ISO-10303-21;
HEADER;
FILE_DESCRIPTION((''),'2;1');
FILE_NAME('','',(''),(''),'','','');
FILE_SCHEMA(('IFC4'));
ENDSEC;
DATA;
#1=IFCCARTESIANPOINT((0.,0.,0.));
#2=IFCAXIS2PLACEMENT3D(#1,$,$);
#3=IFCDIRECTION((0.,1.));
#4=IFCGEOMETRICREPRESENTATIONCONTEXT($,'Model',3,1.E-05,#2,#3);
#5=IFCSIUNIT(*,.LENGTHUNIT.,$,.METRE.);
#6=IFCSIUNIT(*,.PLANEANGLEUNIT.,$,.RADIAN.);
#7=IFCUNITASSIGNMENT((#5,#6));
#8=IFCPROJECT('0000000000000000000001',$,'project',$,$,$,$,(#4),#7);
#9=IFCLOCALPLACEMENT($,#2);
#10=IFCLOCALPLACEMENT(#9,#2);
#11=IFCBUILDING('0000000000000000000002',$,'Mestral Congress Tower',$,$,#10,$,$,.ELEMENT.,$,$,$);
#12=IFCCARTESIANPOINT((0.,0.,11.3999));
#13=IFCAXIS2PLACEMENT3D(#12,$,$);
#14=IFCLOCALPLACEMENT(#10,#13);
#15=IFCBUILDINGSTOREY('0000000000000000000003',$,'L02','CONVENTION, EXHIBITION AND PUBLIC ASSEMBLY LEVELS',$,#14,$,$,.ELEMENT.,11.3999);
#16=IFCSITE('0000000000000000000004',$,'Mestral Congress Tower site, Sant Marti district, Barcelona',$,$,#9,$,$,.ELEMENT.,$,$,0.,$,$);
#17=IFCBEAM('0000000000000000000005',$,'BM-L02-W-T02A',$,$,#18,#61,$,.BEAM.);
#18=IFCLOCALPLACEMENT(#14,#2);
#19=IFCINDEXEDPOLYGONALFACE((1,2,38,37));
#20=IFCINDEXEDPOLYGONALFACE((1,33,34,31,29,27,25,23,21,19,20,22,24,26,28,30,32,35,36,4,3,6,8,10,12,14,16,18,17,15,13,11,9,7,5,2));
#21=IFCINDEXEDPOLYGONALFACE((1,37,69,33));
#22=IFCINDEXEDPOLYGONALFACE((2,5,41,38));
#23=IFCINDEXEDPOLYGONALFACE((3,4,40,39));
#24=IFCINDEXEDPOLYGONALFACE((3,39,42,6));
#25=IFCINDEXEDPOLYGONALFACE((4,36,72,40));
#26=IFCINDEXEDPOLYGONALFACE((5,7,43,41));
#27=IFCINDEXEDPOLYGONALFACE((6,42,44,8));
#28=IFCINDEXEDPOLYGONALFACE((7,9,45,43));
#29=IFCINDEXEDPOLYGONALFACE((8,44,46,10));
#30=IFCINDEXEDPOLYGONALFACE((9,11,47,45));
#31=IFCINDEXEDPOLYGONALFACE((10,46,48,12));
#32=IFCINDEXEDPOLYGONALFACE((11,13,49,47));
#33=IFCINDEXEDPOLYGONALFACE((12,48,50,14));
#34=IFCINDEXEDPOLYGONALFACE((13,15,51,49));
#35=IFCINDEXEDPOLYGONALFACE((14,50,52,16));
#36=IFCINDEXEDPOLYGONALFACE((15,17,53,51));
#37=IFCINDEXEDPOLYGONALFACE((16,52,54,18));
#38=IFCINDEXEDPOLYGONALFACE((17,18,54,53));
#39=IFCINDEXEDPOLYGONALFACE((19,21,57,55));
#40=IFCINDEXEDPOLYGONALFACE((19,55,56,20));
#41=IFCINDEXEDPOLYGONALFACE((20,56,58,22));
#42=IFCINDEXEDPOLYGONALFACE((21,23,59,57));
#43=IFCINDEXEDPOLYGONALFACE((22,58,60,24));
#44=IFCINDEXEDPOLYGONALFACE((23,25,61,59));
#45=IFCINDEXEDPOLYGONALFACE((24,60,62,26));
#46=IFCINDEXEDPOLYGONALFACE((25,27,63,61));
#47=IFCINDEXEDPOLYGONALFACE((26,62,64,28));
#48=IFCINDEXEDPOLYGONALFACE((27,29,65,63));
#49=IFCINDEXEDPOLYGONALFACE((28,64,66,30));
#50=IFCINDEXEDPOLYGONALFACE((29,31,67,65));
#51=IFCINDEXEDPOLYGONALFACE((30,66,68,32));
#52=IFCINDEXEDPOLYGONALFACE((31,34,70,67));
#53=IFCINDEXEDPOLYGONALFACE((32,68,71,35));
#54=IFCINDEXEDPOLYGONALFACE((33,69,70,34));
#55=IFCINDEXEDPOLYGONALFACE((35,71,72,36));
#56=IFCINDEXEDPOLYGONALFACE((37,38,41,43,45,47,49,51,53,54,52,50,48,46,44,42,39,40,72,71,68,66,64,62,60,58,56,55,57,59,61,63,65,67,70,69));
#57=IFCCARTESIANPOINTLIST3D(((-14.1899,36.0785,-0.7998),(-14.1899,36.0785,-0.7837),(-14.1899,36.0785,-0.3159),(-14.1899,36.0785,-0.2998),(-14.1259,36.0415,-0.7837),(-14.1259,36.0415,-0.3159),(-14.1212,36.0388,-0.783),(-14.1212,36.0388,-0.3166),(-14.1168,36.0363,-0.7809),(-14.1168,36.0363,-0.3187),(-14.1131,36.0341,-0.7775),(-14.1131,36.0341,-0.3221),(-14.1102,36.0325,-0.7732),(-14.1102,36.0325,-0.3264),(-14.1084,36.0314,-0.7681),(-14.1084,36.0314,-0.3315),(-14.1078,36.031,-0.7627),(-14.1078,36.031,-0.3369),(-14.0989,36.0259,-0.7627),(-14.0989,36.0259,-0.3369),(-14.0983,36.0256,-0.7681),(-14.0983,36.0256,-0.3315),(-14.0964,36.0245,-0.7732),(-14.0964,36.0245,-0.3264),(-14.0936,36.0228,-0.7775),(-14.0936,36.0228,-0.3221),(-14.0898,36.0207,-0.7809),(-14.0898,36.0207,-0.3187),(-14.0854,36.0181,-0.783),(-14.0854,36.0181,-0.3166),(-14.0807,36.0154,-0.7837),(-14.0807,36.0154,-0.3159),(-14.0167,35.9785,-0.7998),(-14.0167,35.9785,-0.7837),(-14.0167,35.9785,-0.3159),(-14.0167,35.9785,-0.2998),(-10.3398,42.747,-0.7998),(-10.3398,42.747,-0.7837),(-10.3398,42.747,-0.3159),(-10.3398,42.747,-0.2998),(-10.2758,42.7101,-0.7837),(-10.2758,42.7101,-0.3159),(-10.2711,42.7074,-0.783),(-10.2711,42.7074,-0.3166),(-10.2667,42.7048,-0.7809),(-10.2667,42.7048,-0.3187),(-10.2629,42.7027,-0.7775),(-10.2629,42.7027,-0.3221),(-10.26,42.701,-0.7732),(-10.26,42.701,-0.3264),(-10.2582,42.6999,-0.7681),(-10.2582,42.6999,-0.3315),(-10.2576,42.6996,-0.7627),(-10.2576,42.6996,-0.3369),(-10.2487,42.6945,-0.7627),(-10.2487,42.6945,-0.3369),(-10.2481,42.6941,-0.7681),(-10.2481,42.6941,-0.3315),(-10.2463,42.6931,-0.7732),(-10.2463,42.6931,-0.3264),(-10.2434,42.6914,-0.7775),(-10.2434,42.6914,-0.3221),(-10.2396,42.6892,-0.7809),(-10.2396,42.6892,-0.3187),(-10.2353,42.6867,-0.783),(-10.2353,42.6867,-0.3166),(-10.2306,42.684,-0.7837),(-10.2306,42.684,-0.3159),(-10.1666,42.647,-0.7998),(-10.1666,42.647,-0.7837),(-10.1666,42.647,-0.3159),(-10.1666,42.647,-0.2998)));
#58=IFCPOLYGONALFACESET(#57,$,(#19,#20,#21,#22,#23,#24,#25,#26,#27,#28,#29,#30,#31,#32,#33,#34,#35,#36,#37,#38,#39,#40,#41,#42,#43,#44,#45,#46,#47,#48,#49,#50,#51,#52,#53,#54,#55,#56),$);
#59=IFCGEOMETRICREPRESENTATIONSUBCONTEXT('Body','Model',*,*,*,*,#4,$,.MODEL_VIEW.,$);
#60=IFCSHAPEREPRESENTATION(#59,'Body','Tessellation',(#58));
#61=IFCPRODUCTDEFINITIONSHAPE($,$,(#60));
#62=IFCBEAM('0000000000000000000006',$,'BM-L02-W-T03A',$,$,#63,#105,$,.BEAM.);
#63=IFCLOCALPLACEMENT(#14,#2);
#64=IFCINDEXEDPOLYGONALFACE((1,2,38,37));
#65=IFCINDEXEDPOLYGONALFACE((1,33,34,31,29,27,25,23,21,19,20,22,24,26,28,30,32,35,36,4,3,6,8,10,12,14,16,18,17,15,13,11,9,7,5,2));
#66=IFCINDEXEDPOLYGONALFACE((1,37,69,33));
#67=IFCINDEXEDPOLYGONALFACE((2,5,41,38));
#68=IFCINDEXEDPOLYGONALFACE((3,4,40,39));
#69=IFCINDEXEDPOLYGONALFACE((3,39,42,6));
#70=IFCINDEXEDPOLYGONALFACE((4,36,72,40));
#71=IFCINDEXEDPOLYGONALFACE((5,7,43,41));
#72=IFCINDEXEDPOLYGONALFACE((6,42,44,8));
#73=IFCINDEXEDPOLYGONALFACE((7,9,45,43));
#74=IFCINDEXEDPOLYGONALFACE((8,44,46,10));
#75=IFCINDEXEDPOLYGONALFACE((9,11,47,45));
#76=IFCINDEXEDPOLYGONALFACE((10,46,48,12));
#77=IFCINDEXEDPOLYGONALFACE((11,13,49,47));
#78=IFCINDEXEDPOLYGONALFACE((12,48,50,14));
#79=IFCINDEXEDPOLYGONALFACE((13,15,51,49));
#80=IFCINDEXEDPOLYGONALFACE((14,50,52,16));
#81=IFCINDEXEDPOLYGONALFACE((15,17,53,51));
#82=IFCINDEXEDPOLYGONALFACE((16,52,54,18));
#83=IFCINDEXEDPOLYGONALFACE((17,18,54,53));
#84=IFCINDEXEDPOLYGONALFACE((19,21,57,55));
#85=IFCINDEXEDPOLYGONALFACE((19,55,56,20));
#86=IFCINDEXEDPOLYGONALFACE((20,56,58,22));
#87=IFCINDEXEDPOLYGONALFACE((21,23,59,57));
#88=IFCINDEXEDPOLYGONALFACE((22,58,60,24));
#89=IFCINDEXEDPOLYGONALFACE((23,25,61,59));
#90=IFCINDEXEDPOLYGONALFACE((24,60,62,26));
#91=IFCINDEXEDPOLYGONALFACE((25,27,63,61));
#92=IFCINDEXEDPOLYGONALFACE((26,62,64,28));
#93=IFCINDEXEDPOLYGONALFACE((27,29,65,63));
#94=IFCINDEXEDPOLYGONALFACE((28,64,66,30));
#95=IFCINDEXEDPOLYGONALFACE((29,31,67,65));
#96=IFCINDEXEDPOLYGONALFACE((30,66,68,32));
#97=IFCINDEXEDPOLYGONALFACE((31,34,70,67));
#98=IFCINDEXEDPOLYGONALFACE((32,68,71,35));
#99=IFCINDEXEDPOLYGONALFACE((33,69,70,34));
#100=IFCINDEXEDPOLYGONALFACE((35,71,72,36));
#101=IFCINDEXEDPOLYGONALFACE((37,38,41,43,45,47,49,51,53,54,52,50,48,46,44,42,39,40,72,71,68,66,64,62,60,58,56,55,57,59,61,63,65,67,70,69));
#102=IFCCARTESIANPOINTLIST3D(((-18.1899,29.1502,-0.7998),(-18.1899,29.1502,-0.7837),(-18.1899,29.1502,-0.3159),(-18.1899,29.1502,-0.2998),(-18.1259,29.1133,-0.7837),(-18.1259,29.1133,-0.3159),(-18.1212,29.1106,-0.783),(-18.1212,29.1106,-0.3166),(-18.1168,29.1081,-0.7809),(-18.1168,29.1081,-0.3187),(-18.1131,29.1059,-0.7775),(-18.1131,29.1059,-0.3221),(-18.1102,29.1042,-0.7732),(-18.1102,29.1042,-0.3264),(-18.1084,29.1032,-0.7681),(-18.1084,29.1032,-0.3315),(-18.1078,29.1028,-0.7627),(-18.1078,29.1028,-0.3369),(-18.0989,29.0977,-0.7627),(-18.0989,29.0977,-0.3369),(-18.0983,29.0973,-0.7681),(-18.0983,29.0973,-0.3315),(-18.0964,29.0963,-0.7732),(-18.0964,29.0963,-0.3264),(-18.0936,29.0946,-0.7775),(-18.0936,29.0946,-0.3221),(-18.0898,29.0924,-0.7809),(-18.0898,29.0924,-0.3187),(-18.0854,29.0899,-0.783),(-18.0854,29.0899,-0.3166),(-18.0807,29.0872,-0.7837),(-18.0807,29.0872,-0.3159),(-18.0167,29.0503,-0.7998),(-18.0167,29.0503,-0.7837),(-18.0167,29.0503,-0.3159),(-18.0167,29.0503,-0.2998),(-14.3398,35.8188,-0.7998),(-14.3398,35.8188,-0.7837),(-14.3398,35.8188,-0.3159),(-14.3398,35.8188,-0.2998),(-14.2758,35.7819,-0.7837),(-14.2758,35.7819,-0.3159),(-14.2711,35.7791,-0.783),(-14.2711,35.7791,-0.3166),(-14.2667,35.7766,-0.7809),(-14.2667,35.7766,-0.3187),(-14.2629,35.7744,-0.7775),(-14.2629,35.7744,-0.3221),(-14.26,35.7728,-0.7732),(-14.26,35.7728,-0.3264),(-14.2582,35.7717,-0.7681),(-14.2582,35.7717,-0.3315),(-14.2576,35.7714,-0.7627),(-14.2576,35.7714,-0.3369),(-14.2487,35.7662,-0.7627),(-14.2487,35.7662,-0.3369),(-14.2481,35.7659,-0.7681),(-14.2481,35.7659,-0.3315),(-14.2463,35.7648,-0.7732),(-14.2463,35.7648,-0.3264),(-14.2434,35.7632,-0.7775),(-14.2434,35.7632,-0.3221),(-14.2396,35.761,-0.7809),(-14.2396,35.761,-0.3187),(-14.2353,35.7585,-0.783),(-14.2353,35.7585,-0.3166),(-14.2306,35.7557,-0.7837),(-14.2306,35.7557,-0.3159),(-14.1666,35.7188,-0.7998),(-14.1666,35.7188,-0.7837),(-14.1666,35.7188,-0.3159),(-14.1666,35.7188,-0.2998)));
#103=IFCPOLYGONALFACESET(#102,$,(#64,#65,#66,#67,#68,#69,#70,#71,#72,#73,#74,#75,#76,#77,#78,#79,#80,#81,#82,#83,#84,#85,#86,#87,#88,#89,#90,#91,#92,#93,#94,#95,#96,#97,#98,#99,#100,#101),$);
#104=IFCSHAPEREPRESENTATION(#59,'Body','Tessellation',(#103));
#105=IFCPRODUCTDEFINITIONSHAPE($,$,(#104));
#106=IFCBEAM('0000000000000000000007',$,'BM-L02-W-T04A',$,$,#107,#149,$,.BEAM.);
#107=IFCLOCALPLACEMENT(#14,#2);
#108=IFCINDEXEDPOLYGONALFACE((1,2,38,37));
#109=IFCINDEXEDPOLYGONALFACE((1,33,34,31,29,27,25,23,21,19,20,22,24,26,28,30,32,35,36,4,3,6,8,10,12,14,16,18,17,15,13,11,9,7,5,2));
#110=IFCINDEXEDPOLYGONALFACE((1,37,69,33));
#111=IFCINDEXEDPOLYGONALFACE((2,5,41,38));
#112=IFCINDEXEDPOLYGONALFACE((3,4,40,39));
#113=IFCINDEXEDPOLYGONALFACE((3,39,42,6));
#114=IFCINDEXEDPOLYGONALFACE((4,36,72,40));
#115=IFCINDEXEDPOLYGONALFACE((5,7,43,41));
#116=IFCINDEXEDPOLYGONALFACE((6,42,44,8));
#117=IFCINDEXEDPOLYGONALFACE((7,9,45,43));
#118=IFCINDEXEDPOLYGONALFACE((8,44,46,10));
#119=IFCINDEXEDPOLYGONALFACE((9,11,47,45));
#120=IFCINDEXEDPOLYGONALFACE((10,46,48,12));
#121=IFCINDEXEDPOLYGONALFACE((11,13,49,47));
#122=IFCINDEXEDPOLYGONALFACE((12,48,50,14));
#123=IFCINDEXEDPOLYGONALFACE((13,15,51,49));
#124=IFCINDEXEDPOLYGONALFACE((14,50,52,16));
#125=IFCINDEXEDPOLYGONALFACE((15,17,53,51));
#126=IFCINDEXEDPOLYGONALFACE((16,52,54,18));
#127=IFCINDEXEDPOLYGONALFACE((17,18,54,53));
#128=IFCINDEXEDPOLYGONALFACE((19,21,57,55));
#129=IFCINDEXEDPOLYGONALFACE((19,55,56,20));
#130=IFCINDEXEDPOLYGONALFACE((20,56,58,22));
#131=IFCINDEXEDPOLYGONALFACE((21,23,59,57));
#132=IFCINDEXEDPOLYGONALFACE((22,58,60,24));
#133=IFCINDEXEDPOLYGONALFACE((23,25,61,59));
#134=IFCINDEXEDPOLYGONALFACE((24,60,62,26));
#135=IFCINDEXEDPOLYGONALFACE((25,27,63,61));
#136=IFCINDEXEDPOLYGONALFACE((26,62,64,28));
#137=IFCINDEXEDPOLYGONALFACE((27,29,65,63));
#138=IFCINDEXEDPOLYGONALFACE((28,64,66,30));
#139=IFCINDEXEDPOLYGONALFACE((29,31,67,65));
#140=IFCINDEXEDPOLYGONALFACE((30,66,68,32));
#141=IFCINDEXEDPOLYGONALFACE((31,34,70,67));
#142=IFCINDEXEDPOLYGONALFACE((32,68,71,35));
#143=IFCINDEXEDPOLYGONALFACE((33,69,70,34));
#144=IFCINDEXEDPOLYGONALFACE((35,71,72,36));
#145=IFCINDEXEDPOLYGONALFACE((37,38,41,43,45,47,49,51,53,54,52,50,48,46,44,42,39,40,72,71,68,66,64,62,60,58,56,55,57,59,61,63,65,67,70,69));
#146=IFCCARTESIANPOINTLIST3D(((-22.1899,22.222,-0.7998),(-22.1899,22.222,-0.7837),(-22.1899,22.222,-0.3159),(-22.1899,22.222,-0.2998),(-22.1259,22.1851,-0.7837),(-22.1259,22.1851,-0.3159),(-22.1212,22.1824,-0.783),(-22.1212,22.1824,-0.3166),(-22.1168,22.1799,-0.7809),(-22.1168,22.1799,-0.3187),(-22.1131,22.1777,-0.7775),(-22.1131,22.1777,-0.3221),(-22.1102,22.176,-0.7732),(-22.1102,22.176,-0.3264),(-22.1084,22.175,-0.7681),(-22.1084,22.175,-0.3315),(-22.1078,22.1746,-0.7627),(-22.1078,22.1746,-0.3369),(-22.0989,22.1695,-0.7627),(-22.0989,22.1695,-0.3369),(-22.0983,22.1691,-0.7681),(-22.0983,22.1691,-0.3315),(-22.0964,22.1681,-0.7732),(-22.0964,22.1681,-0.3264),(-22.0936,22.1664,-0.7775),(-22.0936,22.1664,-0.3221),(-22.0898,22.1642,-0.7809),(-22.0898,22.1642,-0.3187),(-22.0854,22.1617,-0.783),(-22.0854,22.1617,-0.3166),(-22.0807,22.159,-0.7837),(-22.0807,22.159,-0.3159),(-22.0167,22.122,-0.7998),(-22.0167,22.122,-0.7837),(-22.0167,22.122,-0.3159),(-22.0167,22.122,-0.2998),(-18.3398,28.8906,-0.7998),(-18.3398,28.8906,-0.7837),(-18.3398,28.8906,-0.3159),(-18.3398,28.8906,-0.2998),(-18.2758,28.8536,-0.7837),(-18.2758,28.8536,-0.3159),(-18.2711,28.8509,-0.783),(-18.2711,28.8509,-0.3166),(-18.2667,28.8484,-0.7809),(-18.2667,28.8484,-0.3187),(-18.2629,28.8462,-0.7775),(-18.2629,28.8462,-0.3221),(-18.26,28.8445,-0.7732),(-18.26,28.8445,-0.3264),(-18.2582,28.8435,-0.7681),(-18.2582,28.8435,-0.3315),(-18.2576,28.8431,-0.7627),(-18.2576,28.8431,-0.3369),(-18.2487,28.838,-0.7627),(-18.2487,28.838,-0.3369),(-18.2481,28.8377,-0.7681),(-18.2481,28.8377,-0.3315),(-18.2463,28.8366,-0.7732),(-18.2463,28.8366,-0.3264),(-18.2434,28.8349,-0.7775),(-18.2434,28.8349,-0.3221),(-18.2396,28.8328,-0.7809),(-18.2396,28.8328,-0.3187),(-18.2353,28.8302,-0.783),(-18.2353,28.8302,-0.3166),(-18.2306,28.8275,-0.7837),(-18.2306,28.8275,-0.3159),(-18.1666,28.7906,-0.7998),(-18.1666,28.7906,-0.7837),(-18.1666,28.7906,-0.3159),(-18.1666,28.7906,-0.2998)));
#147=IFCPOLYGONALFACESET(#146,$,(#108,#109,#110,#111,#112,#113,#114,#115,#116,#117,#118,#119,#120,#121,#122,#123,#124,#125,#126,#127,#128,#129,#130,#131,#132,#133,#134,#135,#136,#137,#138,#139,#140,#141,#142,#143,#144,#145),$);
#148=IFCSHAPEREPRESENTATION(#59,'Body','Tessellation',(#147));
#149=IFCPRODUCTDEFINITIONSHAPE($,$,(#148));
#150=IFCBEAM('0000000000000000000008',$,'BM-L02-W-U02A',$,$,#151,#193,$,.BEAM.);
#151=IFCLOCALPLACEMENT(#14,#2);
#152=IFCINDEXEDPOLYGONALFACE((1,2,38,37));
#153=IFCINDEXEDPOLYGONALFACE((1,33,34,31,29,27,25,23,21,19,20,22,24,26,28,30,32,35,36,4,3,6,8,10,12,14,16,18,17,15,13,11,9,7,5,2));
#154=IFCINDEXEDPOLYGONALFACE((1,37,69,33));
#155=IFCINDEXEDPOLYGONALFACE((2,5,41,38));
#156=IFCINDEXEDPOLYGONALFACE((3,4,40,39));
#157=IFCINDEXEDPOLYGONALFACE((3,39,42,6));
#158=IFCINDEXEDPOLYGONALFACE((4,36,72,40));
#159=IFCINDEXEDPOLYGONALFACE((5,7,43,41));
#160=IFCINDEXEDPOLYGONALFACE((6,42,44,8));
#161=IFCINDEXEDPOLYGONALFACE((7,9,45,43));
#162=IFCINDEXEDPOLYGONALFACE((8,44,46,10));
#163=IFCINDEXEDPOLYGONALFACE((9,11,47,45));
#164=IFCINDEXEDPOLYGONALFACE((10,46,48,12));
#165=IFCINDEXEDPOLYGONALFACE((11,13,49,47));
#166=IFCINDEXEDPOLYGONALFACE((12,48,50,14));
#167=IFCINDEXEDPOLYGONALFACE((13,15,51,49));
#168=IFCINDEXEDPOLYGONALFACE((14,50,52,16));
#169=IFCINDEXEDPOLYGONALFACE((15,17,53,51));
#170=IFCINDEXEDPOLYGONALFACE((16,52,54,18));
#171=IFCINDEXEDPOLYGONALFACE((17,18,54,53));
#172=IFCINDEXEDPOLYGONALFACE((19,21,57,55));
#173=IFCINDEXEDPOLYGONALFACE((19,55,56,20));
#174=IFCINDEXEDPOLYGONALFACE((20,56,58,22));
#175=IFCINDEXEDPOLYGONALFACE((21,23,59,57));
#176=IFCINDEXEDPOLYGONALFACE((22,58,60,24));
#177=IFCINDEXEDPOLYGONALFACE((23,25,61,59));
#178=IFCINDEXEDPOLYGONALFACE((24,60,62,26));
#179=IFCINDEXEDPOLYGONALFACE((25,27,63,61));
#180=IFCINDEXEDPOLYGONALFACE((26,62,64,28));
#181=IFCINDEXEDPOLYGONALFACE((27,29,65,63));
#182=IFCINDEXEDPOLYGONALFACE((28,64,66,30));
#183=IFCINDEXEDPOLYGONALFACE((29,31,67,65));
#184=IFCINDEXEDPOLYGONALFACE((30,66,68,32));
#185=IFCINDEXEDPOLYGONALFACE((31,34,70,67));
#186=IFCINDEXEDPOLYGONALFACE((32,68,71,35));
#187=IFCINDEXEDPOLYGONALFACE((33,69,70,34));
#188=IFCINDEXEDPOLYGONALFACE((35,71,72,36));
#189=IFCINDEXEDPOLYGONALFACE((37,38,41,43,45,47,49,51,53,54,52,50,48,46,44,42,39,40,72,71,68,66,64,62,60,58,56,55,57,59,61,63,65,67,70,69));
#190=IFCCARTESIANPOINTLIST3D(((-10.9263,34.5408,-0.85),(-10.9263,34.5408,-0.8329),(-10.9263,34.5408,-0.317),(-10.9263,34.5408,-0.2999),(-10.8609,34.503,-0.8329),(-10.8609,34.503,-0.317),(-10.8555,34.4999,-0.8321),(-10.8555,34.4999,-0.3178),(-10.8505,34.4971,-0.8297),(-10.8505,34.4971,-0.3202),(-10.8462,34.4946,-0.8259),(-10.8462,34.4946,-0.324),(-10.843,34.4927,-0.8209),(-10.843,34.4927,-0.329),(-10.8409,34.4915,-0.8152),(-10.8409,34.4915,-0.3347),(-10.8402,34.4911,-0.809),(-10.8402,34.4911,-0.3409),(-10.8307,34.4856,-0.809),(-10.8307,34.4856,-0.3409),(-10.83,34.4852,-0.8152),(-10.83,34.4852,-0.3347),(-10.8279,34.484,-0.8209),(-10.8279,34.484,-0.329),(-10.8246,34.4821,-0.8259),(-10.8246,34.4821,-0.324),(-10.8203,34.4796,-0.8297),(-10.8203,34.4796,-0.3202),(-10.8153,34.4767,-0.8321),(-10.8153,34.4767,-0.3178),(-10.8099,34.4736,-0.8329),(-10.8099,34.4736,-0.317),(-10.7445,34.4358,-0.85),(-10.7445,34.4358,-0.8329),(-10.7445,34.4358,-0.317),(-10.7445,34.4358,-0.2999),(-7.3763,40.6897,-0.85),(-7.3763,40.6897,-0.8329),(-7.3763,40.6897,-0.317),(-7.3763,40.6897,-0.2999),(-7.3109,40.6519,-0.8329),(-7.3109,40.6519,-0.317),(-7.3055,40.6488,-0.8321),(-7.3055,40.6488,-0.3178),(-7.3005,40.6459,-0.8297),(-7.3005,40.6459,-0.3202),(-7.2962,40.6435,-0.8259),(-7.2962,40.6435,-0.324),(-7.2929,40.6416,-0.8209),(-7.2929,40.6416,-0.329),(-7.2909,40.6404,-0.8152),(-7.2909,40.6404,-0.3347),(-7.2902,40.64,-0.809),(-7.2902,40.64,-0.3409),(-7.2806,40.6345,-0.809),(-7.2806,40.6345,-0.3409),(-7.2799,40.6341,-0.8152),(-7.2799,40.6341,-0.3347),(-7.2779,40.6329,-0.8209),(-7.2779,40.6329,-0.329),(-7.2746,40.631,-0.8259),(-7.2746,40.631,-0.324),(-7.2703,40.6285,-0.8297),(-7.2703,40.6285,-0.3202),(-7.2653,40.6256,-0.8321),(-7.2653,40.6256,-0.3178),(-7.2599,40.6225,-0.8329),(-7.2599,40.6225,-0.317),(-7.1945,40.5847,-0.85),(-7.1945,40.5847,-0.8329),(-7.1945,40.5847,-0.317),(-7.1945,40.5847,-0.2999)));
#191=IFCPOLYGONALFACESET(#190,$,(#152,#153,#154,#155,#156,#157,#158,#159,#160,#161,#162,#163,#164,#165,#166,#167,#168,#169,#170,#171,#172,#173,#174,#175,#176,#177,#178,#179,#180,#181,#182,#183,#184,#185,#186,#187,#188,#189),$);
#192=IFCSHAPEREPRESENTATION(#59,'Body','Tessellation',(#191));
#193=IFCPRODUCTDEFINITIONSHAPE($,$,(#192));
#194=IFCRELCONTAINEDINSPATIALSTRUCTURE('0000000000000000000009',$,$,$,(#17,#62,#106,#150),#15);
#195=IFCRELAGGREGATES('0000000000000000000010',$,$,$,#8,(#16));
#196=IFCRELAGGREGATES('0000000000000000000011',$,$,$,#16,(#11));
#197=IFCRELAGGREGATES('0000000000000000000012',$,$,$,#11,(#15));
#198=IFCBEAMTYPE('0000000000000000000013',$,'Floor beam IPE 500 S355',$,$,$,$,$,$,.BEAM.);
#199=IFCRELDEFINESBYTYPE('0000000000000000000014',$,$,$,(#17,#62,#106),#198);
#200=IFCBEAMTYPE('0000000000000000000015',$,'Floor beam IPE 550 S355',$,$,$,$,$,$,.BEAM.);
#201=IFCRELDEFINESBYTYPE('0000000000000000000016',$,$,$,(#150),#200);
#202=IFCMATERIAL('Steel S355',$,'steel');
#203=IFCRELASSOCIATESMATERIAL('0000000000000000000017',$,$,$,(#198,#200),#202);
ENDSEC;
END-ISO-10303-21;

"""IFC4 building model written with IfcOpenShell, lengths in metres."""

from ifc_helpers import new_model, si_unit, direction, frame, origin, origin_2d, place, context, subcontext, project, spatial, i_section, extrude, material, material_profile, profile_set, type_object, element, save


model = new_model("IFC4")

# Units and contexts
model_context = context("Model", 3, precision=1e-05, world=origin(), true_north=direction((0.0, 1.0)))
body_context = subcontext(model_context, "Body", "Model", "MODEL_VIEW")
ifc_project = project(units=[si_unit("LENGTHUNIT", "METRE"), si_unit("PLANEANGLEUNIT", "RADIAN")], contexts=[model_context])

# Site, building, storey
site_placement = place(None, origin())
site = spatial("IfcSite", under=ifc_project, at=site_placement, Name="Mestral Congress Tower site, Sant Marti district, Barcelona", CompositionType="ELEMENT", RefElevation=0.0)
building_placement = place(site_placement, origin())
building = spatial("IfcBuilding", under=site, at=building_placement, Name="Mestral Congress Tower", CompositionType="ELEMENT")
storey_placement = place(building_placement, frame((0.0, 0.0, 11.3999)))
storey = spatial("IfcBuildingStorey", under=building, at=storey_placement, Name="L02", Description="CONVENTION, EXHIBITION AND PUBLIC ASSEMBLY LEVELS", CompositionType="ELEMENT", Elevation=11.3999)

# Beams
ifc_material_1 = material(Name="Steel S355", Category="steel")
ifc_material_profile_1 = material_profile(ifc_material_1, i_section(OverallWidth=0.2, OverallDepth=0.5, WebThickness=0.0103, FlangeThickness=0.0161, FilletRadius=0.021, at=origin_2d()), Name="IPE 500")
ifc_profile_set_1 = profile_set([ifc_material_profile_1], Name="Steel S355")
beam_type_1 = type_object("IfcBeamType", Name="Floor beam IPE 500 S355", PredefinedType="BEAM", material=ifc_profile_set_1)
for number, where, z_axis, x_axis, name in (
    (1, (-10.2532, 42.697, -0.5498), (-0.500006, -0.866022, 0.0), (0.866022, -0.500006, 0.0), "BM-L02-W-T02A"),
    (2, (-14.2532, 35.7688, -0.5498), (-0.500006, -0.866022, 0.0), (0.866022, -0.500006, 0.0), "BM-L02-W-T03A"),
    (3, (-18.2532, 28.8406, -0.5498), (-0.500006, -0.866022, 0.0), (0.866022, -0.500006, 0.0), "BM-L02-W-T04A"),
):
    element("IfcBeam", number, at=place(storey_placement, frame(where, z_axis=z_axis, x_axis=x_axis)), inside=storey, type_object=beam_type_1, Name=name, PredefinedType="BEAM", context=body_context, shape_type="SweptSolid", body=[
        extrude(i_section(OverallWidth=0.2, OverallDepth=0.5, WebThickness=0.0103, FlangeThickness=0.0161, FilletRadius=0.021, at=origin_2d()), origin(), (0.0, 0.0, 1.0), 7.7002),
    ])
ifc_material_profile_2 = material_profile(ifc_material_1, i_section(OverallWidth=0.21, OverallDepth=0.55, WebThickness=0.011, FlangeThickness=0.0171, FilletRadius=0.0239, at=origin_2d()), Name="IPE 550")
ifc_profile_set_2 = profile_set([ifc_material_profile_2], Name="Steel S355")
beam_type_2 = type_object("IfcBeamType", Name="Floor beam IPE 550 S355", PredefinedType="BEAM", material=ifc_profile_set_2)
for number, where, z_axis, x_axis, name in (
    (4, (-7.2854, 40.6372, -0.575), (-0.499996, -0.866028, 0.0), (0.866028, -0.499996, 0.0), "BM-L02-W-U02A"),
):
    element("IfcBeam", number, at=place(storey_placement, frame(where, z_axis=z_axis, x_axis=x_axis)), inside=storey, type_object=beam_type_2, Name=name, PredefinedType="BEAM", context=body_context, shape_type="SweptSolid", body=[
        extrude(i_section(OverallWidth=0.21, OverallDepth=0.55, WebThickness=0.011, FlangeThickness=0.0171, FilletRadius=0.0239, at=origin_2d()), origin(), (0.0, 0.0, 1.0), 7.1001),
    ])

save(model, "model.ifc")
